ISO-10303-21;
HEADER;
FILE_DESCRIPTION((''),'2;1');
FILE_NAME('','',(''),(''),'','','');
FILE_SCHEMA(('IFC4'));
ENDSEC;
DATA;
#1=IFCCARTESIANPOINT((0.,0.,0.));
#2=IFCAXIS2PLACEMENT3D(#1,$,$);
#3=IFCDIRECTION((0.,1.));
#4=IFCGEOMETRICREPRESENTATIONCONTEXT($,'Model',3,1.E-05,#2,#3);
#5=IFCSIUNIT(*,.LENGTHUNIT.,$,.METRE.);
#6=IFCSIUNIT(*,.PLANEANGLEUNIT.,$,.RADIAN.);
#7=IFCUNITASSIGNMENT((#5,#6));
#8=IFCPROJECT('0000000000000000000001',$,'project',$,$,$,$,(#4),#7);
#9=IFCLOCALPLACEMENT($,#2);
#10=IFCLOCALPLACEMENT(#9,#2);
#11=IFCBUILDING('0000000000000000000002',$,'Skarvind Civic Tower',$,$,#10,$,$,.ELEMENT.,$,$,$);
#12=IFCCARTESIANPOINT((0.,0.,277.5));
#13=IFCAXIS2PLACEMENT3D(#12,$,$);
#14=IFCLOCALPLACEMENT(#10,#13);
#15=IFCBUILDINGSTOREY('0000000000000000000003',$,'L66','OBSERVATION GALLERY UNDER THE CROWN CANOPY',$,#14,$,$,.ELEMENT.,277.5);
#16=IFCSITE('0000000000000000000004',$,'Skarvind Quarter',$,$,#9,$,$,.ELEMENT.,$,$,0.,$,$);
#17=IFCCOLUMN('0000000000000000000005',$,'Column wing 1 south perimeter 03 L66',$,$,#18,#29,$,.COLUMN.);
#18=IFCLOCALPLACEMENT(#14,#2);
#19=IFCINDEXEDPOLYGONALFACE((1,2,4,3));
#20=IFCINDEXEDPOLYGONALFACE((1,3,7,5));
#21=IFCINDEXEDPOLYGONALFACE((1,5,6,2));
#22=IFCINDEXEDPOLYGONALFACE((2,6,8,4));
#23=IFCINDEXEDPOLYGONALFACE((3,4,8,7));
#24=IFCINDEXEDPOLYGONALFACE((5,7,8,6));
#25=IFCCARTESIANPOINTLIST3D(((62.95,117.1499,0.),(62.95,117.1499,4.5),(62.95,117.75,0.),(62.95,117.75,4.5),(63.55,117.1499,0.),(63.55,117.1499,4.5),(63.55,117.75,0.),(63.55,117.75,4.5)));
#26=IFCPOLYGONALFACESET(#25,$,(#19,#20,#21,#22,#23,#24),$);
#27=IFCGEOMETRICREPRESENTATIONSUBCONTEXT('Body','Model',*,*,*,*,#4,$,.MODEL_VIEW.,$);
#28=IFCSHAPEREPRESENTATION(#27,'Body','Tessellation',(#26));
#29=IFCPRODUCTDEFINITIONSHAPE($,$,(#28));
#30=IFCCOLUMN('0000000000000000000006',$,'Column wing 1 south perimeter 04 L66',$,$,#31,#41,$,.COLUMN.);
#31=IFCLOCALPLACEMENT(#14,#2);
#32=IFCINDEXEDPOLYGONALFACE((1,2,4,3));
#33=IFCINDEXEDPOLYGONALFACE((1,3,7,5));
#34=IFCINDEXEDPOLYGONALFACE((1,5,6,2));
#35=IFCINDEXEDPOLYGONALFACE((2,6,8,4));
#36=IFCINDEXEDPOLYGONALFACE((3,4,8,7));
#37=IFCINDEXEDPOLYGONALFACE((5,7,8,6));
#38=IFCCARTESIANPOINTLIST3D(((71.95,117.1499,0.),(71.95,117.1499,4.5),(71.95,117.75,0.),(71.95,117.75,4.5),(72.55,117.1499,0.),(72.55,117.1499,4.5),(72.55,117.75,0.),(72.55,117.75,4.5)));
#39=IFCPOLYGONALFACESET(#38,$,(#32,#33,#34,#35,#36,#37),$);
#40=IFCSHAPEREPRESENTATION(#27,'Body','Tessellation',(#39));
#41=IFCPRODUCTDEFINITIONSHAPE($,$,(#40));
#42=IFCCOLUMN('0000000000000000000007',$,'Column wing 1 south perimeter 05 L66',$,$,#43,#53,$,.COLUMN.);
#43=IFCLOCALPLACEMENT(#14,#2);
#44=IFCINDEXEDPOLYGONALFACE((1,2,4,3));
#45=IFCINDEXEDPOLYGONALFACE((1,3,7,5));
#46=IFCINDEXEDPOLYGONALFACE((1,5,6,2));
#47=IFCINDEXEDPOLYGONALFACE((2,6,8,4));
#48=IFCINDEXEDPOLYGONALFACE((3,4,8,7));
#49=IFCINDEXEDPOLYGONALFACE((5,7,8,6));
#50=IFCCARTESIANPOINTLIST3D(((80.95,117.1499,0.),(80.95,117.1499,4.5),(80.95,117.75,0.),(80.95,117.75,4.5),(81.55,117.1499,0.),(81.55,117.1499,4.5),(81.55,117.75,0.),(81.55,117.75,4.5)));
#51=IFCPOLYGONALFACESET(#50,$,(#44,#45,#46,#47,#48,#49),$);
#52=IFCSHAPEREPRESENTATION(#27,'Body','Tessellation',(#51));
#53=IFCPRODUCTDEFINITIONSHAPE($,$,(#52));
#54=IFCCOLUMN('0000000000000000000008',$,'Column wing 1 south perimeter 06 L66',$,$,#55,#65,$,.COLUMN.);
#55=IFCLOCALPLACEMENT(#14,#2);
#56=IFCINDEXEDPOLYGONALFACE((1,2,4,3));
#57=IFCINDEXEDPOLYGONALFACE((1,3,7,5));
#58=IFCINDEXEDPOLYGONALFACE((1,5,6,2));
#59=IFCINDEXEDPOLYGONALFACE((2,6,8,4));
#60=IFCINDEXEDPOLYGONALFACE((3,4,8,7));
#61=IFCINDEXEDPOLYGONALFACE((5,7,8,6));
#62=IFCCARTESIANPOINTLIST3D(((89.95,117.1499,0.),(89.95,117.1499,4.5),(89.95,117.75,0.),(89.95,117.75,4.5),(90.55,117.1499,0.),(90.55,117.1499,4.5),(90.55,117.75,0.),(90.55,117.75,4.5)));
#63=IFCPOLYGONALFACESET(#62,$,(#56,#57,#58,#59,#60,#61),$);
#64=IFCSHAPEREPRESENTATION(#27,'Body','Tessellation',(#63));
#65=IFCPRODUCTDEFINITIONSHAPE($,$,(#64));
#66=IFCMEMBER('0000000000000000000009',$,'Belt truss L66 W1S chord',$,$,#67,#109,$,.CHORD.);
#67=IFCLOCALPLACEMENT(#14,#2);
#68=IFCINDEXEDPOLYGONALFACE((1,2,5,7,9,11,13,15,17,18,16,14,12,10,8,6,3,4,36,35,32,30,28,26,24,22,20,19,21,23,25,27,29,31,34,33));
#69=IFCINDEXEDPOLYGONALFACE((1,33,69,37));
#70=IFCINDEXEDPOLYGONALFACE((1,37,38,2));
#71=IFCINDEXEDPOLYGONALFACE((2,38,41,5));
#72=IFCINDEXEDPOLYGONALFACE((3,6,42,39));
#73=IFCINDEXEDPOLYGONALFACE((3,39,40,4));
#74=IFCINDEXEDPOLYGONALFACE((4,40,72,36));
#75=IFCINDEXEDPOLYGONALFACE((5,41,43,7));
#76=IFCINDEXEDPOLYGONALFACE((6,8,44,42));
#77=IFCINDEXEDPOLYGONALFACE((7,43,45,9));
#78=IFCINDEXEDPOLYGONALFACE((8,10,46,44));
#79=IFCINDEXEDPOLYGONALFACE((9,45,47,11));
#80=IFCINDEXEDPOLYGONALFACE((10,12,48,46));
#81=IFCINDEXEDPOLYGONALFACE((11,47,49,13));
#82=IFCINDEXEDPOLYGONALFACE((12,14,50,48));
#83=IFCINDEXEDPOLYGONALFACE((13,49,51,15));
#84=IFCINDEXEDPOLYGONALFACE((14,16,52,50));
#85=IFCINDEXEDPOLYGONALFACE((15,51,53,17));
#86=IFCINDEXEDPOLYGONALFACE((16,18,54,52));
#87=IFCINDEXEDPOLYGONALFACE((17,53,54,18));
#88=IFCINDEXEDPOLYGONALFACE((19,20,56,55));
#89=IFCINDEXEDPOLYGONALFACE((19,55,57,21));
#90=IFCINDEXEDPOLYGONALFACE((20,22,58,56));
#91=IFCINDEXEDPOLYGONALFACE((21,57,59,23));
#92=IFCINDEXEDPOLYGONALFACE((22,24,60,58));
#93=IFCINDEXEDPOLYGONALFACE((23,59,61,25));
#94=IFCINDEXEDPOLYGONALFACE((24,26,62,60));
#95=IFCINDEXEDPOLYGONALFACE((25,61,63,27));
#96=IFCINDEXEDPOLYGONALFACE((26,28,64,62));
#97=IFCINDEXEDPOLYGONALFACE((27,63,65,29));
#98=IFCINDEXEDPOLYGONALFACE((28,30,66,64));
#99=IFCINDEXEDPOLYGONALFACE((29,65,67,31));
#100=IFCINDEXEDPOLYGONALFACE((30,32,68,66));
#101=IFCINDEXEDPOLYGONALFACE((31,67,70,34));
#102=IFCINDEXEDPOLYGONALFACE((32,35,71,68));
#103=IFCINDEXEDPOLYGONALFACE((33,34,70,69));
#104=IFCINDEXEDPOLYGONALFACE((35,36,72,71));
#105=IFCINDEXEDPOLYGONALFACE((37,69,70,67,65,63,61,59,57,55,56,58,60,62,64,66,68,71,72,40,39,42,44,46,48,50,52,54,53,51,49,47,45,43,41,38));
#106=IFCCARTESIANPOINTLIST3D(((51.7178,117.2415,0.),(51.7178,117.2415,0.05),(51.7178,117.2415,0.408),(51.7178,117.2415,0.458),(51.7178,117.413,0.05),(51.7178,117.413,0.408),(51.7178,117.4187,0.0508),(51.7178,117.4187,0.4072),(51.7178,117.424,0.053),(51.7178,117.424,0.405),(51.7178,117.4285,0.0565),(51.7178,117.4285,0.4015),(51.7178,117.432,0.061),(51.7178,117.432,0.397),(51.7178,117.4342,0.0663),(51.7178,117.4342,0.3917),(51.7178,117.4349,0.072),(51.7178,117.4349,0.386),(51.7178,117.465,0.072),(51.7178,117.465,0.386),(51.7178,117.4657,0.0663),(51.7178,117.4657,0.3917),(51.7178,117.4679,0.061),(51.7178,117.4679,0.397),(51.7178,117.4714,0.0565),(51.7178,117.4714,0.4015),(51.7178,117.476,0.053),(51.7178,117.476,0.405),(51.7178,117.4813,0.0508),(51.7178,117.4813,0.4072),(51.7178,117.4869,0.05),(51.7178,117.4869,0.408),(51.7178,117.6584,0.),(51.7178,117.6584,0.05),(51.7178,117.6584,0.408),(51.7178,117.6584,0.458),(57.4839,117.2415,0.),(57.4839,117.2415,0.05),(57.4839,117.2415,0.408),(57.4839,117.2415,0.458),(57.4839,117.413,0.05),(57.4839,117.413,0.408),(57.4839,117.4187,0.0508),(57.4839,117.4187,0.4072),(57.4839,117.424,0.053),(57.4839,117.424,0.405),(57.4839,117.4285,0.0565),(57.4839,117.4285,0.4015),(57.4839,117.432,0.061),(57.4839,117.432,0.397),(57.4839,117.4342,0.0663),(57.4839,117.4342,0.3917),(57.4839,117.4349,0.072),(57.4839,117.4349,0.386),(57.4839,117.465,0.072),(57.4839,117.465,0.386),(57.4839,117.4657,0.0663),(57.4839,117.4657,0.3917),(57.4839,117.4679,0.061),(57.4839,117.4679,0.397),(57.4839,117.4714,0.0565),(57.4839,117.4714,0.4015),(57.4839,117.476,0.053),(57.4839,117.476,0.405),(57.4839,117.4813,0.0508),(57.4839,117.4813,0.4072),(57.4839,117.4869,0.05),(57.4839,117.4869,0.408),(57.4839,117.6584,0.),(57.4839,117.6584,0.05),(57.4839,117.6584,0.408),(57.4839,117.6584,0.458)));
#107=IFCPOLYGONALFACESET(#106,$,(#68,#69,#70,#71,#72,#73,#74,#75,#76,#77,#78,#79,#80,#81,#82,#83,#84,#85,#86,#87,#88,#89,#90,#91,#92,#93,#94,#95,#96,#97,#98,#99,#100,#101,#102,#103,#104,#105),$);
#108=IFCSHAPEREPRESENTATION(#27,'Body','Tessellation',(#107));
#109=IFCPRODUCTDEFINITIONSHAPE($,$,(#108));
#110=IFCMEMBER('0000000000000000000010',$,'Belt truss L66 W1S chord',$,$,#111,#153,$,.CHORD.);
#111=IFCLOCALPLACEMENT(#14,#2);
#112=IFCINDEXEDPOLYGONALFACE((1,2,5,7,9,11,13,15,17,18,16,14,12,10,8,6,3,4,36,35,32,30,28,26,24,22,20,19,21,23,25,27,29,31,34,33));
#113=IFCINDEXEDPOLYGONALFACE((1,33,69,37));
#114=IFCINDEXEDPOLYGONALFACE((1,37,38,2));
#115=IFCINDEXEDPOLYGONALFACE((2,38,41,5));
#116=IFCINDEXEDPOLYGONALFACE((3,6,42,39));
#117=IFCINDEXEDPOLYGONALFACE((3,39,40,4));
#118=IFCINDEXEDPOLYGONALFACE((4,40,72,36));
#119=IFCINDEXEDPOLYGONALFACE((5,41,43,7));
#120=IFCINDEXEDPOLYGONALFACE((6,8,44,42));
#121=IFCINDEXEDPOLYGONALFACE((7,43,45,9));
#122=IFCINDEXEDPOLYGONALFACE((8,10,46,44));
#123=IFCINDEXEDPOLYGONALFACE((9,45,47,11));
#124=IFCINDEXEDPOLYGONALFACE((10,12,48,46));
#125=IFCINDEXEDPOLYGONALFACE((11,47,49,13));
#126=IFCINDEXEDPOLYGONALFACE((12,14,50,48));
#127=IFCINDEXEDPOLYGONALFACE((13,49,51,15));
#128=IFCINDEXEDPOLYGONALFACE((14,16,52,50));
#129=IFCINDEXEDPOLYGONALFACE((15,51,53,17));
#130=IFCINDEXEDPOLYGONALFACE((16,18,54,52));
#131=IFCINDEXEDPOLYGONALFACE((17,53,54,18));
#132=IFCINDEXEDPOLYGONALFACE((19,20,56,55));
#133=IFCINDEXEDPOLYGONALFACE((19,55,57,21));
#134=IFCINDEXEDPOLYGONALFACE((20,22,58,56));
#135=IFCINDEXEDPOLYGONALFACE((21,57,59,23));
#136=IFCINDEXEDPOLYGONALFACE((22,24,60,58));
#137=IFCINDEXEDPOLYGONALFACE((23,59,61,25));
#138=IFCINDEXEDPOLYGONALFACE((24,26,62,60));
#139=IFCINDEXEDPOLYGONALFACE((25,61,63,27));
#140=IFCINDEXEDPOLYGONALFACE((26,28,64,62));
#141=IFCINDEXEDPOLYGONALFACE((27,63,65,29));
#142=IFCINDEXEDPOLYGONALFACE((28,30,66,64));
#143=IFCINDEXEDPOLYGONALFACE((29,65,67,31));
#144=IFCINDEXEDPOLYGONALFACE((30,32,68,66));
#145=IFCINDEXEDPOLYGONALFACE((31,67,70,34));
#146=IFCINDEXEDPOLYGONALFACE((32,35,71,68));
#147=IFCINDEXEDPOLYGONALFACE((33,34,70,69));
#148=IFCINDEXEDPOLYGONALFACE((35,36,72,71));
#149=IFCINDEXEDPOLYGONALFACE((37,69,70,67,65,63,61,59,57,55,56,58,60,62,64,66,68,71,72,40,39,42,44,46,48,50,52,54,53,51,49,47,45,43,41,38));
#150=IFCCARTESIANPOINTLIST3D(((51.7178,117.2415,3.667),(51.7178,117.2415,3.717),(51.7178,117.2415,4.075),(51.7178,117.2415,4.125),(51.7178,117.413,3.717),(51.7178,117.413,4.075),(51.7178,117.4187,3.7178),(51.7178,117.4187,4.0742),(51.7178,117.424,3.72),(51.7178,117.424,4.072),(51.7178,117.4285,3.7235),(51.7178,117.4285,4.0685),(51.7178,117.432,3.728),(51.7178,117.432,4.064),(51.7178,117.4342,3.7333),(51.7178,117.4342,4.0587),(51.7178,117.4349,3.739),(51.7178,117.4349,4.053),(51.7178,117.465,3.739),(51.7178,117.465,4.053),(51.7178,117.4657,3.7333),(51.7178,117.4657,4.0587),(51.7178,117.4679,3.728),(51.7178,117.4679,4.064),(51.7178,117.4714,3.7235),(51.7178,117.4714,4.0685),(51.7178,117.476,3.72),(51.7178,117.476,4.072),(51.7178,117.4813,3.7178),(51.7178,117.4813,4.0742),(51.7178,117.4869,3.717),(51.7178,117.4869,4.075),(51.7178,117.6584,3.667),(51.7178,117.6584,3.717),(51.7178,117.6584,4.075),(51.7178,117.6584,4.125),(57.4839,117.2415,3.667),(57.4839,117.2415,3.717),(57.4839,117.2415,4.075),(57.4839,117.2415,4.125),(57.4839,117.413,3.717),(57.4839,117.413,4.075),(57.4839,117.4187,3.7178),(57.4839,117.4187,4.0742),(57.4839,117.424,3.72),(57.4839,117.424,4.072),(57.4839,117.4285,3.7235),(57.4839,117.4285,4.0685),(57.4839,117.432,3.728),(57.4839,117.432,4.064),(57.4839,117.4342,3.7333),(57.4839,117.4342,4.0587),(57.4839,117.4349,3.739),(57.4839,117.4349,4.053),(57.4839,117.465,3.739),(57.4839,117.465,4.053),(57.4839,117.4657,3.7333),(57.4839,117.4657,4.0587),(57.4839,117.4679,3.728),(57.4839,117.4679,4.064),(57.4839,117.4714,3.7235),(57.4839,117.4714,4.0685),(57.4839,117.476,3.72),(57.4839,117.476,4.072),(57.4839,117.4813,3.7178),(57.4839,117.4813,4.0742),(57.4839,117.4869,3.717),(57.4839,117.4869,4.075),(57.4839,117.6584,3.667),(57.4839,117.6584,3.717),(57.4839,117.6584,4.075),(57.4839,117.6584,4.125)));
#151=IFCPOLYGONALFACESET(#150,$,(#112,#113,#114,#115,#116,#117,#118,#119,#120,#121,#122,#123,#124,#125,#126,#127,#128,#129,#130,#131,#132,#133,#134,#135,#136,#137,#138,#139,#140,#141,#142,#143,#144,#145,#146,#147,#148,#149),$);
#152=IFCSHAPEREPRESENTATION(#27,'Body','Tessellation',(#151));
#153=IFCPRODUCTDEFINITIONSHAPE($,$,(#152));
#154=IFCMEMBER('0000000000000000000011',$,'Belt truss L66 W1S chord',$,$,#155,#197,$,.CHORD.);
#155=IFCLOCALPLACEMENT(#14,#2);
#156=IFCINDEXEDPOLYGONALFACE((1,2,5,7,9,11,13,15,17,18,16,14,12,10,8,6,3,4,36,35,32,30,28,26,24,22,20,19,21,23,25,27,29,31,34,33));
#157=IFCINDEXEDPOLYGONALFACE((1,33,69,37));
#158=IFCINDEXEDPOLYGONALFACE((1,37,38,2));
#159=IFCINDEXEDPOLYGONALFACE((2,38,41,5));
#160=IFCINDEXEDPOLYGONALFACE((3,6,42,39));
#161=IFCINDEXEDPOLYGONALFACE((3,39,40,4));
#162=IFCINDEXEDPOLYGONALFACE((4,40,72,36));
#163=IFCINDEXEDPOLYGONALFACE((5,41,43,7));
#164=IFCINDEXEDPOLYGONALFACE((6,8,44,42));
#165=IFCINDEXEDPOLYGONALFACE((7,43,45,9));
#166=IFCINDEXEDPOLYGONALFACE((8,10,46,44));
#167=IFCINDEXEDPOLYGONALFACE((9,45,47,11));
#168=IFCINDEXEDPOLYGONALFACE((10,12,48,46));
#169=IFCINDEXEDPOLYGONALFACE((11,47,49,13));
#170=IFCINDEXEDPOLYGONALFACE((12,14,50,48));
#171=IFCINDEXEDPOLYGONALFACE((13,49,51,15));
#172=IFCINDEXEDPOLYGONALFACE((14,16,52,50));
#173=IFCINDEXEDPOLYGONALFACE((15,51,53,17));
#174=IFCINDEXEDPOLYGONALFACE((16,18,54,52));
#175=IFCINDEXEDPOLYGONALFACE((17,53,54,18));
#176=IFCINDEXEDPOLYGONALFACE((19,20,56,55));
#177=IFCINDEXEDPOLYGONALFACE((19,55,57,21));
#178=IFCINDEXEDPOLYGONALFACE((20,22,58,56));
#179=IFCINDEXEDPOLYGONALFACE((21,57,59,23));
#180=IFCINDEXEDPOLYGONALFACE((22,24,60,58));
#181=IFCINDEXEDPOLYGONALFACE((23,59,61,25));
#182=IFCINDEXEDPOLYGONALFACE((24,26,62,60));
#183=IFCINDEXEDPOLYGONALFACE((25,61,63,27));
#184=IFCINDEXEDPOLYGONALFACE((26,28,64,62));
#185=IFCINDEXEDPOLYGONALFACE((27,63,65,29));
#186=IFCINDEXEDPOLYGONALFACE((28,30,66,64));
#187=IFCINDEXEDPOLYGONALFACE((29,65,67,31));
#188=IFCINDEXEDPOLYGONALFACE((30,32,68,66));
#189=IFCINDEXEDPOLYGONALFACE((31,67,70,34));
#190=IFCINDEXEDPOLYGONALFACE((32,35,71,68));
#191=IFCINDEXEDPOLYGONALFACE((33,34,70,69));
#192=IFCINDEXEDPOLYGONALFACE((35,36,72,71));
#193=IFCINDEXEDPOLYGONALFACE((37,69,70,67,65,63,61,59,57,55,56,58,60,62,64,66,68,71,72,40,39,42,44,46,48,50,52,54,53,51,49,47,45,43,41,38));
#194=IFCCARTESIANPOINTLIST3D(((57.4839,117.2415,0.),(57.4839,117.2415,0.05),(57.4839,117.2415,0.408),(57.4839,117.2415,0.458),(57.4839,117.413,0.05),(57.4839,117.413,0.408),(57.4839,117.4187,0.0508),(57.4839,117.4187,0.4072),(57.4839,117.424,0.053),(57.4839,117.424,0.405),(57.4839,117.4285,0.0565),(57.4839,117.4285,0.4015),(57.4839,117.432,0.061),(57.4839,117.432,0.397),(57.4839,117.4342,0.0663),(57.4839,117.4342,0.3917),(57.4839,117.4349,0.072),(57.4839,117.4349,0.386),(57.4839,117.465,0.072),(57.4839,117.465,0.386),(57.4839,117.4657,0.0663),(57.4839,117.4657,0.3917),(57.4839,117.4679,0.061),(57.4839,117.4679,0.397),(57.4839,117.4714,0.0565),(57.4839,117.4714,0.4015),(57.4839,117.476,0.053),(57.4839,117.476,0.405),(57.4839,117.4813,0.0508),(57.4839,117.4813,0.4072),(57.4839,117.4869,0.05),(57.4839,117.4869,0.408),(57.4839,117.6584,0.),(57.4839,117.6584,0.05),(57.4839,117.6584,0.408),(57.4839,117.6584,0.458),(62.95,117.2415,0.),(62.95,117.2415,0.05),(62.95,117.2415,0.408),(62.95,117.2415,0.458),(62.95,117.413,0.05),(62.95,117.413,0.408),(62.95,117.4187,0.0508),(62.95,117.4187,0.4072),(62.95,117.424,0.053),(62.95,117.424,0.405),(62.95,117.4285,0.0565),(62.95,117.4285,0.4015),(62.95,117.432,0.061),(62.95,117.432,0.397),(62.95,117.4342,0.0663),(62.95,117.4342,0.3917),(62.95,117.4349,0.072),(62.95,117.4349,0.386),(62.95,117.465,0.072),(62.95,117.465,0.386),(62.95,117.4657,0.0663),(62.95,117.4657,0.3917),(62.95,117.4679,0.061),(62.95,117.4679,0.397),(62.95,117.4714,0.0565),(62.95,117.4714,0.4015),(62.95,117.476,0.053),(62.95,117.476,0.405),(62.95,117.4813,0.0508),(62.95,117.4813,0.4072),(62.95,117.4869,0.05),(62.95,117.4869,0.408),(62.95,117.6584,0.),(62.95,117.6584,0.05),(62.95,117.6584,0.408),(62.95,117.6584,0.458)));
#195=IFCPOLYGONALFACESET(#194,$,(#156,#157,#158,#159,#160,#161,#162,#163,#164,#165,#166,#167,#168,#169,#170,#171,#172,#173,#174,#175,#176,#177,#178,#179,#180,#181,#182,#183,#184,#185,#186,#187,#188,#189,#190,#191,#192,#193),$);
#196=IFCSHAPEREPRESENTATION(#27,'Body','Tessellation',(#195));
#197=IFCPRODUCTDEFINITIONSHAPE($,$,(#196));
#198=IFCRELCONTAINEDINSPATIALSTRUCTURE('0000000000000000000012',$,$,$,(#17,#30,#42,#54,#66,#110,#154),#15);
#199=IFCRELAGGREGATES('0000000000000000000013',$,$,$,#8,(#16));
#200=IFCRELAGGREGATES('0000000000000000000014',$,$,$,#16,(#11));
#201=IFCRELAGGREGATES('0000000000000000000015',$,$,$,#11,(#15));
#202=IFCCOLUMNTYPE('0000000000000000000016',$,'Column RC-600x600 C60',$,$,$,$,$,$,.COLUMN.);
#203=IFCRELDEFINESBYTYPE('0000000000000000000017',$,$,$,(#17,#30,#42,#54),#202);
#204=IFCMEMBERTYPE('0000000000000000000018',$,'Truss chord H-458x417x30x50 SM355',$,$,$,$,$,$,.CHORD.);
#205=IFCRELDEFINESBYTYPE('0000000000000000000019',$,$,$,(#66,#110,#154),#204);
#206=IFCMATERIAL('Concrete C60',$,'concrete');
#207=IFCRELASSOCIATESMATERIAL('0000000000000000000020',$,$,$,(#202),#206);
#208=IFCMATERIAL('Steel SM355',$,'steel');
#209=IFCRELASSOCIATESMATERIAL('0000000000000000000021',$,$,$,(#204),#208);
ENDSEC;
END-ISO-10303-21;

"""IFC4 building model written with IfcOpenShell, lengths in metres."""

from ifc_helpers import new_model, si_unit, direction, frame, origin, origin_2d, place, context, subcontext, project, spatial, rectangle, i_section, extrude, material, material_profile, profile_set, type_object, element, save


model = new_model("IFC4")

# Units and contexts
model_context = context("Model", 3, precision=1e-05, world=origin(), true_north=direction((0.0, 1.0)))
body_context = subcontext(model_context, "Body", "Model", "MODEL_VIEW")
ifc_project = project(units=[si_unit("LENGTHUNIT", "METRE"), si_unit("PLANEANGLEUNIT", "RADIAN")], contexts=[model_context])

# Site, building, storey
site_placement = place(None, origin())
site = spatial("IfcSite", under=ifc_project, at=site_placement, Name="Skarvind Quarter", CompositionType="ELEMENT", RefElevation=0.0)
building_placement = place(site_placement, origin())
building = spatial("IfcBuilding", under=site, at=building_placement, Name="Skarvind Civic Tower", CompositionType="ELEMENT")
storey_placement = place(building_placement, frame((0.0, 0.0, 277.5)))
storey = spatial("IfcBuildingStorey", under=building, at=storey_placement, Name="L66", Description="OBSERVATION GALLERY UNDER THE CROWN CANOPY", CompositionType="ELEMENT", Elevation=277.5)

# Columns
ifc_material_1 = material(Name="Concrete C60", Category="concrete")
ifc_material_profile_1 = material_profile(ifc_material_1, rectangle(XDim=0.6001, YDim=0.6001, at=origin_2d()), Name="RC-600x600")
ifc_profile_set_1 = profile_set([ifc_material_profile_1], Name="Concrete C60")
column_type = type_object("IfcColumnType", Name="Column RC-600x600 C60", PredefinedType="COLUMN", material=ifc_profile_set_1)
for number, where, z_axis, x_axis, name in (
    (1, (63.25, 117.45, 0.0), (0.0, 0.0, 1.0), (1.0, 0.0, 0.0), "Column wing 1 south perimeter 03 L66"),
    (2, (72.25, 117.45, 0.0), (0.0, 0.0, 1.0), (1.0, 0.0, 0.0), "Column wing 1 south perimeter 04 L66"),
    (3, (81.25, 117.45, 0.0), (0.0, 0.0, 1.0), (1.0, 0.0, 0.0), "Column wing 1 south perimeter 05 L66"),
    (4, (90.25, 117.45, 0.0), (0.0, 0.0, 1.0), (1.0, 0.0, 0.0), "Column wing 1 south perimeter 06 L66"),
):
    element("IfcColumn", number, at=place(storey_placement, frame(where, z_axis=z_axis, x_axis=x_axis)), inside=storey, type_object=column_type, Name=name, PredefinedType="COLUMN", context=body_context, shape_type="SweptSolid", body=[
        extrude(rectangle(XDim=0.6001, YDim=0.6001, at=origin_2d()), origin(), (0.0, 0.0, 1.0), 4.5),
    ])

# Members
ifc_material_2 = material(Name="Steel SM355", Category="steel")
ifc_material_profile_2 = material_profile(ifc_material_2, i_section(OverallWidth=0.417, OverallDepth=0.458, WebThickness=0.03, FlangeThickness=0.05, FilletRadius=0.022, at=origin_2d()), Name="H-458x417x30x50")
ifc_profile_set_2 = profile_set([ifc_material_profile_2], Name="Steel SM355")
member_type_1 = type_object("IfcMemberType", Name="Truss chord H-458x417x30x50 SM355", PredefinedType="CHORD", material=ifc_profile_set_2)
for number, where, z_axis, x_axis, name in (
    (5, (51.7178, 117.45, 0.229), (1.0, 0.0, 0.0), (0.0, 1.0, 0.0), "Belt truss L66 W1S chord"),
    (6, (51.7178, 117.45, 3.896), (1.0, 0.0, 0.0), (0.0, 1.0, 0.0), "Belt truss L66 W1S chord"),
):
    element("IfcMember", number, at=place(storey_placement, frame(where, z_axis=z_axis, x_axis=x_axis)), inside=storey, type_object=member_type_1, Name=name, PredefinedType="CHORD", context=body_context, shape_type="SweptSolid", body=[
        extrude(i_section(OverallWidth=0.417, OverallDepth=0.458, WebThickness=0.03, FlangeThickness=0.05, FilletRadius=0.022, at=origin_2d()), origin(), (0.0, 0.0, 1.0), 5.7661),
    ])
for number, where, z_axis, x_axis, name in (
    (7, (57.4839, 117.45, 0.229), (1.0, 0.0, 0.0), (0.0, 1.0, 0.0), "Belt truss L66 W1S chord"),
):
    element("IfcMember", number, at=place(storey_placement, frame(where, z_axis=z_axis, x_axis=x_axis)), inside=storey, type_object=member_type_1, Name=name, PredefinedType="CHORD", context=body_context, shape_type="SweptSolid", body=[
        extrude(i_section(OverallWidth=0.417, OverallDepth=0.458, WebThickness=0.03, FlangeThickness=0.05, FilletRadius=0.022, at=origin_2d()), origin(), (0.0, 0.0, 1.0), 5.4661),
    ])

save(model, "model.ifc")
